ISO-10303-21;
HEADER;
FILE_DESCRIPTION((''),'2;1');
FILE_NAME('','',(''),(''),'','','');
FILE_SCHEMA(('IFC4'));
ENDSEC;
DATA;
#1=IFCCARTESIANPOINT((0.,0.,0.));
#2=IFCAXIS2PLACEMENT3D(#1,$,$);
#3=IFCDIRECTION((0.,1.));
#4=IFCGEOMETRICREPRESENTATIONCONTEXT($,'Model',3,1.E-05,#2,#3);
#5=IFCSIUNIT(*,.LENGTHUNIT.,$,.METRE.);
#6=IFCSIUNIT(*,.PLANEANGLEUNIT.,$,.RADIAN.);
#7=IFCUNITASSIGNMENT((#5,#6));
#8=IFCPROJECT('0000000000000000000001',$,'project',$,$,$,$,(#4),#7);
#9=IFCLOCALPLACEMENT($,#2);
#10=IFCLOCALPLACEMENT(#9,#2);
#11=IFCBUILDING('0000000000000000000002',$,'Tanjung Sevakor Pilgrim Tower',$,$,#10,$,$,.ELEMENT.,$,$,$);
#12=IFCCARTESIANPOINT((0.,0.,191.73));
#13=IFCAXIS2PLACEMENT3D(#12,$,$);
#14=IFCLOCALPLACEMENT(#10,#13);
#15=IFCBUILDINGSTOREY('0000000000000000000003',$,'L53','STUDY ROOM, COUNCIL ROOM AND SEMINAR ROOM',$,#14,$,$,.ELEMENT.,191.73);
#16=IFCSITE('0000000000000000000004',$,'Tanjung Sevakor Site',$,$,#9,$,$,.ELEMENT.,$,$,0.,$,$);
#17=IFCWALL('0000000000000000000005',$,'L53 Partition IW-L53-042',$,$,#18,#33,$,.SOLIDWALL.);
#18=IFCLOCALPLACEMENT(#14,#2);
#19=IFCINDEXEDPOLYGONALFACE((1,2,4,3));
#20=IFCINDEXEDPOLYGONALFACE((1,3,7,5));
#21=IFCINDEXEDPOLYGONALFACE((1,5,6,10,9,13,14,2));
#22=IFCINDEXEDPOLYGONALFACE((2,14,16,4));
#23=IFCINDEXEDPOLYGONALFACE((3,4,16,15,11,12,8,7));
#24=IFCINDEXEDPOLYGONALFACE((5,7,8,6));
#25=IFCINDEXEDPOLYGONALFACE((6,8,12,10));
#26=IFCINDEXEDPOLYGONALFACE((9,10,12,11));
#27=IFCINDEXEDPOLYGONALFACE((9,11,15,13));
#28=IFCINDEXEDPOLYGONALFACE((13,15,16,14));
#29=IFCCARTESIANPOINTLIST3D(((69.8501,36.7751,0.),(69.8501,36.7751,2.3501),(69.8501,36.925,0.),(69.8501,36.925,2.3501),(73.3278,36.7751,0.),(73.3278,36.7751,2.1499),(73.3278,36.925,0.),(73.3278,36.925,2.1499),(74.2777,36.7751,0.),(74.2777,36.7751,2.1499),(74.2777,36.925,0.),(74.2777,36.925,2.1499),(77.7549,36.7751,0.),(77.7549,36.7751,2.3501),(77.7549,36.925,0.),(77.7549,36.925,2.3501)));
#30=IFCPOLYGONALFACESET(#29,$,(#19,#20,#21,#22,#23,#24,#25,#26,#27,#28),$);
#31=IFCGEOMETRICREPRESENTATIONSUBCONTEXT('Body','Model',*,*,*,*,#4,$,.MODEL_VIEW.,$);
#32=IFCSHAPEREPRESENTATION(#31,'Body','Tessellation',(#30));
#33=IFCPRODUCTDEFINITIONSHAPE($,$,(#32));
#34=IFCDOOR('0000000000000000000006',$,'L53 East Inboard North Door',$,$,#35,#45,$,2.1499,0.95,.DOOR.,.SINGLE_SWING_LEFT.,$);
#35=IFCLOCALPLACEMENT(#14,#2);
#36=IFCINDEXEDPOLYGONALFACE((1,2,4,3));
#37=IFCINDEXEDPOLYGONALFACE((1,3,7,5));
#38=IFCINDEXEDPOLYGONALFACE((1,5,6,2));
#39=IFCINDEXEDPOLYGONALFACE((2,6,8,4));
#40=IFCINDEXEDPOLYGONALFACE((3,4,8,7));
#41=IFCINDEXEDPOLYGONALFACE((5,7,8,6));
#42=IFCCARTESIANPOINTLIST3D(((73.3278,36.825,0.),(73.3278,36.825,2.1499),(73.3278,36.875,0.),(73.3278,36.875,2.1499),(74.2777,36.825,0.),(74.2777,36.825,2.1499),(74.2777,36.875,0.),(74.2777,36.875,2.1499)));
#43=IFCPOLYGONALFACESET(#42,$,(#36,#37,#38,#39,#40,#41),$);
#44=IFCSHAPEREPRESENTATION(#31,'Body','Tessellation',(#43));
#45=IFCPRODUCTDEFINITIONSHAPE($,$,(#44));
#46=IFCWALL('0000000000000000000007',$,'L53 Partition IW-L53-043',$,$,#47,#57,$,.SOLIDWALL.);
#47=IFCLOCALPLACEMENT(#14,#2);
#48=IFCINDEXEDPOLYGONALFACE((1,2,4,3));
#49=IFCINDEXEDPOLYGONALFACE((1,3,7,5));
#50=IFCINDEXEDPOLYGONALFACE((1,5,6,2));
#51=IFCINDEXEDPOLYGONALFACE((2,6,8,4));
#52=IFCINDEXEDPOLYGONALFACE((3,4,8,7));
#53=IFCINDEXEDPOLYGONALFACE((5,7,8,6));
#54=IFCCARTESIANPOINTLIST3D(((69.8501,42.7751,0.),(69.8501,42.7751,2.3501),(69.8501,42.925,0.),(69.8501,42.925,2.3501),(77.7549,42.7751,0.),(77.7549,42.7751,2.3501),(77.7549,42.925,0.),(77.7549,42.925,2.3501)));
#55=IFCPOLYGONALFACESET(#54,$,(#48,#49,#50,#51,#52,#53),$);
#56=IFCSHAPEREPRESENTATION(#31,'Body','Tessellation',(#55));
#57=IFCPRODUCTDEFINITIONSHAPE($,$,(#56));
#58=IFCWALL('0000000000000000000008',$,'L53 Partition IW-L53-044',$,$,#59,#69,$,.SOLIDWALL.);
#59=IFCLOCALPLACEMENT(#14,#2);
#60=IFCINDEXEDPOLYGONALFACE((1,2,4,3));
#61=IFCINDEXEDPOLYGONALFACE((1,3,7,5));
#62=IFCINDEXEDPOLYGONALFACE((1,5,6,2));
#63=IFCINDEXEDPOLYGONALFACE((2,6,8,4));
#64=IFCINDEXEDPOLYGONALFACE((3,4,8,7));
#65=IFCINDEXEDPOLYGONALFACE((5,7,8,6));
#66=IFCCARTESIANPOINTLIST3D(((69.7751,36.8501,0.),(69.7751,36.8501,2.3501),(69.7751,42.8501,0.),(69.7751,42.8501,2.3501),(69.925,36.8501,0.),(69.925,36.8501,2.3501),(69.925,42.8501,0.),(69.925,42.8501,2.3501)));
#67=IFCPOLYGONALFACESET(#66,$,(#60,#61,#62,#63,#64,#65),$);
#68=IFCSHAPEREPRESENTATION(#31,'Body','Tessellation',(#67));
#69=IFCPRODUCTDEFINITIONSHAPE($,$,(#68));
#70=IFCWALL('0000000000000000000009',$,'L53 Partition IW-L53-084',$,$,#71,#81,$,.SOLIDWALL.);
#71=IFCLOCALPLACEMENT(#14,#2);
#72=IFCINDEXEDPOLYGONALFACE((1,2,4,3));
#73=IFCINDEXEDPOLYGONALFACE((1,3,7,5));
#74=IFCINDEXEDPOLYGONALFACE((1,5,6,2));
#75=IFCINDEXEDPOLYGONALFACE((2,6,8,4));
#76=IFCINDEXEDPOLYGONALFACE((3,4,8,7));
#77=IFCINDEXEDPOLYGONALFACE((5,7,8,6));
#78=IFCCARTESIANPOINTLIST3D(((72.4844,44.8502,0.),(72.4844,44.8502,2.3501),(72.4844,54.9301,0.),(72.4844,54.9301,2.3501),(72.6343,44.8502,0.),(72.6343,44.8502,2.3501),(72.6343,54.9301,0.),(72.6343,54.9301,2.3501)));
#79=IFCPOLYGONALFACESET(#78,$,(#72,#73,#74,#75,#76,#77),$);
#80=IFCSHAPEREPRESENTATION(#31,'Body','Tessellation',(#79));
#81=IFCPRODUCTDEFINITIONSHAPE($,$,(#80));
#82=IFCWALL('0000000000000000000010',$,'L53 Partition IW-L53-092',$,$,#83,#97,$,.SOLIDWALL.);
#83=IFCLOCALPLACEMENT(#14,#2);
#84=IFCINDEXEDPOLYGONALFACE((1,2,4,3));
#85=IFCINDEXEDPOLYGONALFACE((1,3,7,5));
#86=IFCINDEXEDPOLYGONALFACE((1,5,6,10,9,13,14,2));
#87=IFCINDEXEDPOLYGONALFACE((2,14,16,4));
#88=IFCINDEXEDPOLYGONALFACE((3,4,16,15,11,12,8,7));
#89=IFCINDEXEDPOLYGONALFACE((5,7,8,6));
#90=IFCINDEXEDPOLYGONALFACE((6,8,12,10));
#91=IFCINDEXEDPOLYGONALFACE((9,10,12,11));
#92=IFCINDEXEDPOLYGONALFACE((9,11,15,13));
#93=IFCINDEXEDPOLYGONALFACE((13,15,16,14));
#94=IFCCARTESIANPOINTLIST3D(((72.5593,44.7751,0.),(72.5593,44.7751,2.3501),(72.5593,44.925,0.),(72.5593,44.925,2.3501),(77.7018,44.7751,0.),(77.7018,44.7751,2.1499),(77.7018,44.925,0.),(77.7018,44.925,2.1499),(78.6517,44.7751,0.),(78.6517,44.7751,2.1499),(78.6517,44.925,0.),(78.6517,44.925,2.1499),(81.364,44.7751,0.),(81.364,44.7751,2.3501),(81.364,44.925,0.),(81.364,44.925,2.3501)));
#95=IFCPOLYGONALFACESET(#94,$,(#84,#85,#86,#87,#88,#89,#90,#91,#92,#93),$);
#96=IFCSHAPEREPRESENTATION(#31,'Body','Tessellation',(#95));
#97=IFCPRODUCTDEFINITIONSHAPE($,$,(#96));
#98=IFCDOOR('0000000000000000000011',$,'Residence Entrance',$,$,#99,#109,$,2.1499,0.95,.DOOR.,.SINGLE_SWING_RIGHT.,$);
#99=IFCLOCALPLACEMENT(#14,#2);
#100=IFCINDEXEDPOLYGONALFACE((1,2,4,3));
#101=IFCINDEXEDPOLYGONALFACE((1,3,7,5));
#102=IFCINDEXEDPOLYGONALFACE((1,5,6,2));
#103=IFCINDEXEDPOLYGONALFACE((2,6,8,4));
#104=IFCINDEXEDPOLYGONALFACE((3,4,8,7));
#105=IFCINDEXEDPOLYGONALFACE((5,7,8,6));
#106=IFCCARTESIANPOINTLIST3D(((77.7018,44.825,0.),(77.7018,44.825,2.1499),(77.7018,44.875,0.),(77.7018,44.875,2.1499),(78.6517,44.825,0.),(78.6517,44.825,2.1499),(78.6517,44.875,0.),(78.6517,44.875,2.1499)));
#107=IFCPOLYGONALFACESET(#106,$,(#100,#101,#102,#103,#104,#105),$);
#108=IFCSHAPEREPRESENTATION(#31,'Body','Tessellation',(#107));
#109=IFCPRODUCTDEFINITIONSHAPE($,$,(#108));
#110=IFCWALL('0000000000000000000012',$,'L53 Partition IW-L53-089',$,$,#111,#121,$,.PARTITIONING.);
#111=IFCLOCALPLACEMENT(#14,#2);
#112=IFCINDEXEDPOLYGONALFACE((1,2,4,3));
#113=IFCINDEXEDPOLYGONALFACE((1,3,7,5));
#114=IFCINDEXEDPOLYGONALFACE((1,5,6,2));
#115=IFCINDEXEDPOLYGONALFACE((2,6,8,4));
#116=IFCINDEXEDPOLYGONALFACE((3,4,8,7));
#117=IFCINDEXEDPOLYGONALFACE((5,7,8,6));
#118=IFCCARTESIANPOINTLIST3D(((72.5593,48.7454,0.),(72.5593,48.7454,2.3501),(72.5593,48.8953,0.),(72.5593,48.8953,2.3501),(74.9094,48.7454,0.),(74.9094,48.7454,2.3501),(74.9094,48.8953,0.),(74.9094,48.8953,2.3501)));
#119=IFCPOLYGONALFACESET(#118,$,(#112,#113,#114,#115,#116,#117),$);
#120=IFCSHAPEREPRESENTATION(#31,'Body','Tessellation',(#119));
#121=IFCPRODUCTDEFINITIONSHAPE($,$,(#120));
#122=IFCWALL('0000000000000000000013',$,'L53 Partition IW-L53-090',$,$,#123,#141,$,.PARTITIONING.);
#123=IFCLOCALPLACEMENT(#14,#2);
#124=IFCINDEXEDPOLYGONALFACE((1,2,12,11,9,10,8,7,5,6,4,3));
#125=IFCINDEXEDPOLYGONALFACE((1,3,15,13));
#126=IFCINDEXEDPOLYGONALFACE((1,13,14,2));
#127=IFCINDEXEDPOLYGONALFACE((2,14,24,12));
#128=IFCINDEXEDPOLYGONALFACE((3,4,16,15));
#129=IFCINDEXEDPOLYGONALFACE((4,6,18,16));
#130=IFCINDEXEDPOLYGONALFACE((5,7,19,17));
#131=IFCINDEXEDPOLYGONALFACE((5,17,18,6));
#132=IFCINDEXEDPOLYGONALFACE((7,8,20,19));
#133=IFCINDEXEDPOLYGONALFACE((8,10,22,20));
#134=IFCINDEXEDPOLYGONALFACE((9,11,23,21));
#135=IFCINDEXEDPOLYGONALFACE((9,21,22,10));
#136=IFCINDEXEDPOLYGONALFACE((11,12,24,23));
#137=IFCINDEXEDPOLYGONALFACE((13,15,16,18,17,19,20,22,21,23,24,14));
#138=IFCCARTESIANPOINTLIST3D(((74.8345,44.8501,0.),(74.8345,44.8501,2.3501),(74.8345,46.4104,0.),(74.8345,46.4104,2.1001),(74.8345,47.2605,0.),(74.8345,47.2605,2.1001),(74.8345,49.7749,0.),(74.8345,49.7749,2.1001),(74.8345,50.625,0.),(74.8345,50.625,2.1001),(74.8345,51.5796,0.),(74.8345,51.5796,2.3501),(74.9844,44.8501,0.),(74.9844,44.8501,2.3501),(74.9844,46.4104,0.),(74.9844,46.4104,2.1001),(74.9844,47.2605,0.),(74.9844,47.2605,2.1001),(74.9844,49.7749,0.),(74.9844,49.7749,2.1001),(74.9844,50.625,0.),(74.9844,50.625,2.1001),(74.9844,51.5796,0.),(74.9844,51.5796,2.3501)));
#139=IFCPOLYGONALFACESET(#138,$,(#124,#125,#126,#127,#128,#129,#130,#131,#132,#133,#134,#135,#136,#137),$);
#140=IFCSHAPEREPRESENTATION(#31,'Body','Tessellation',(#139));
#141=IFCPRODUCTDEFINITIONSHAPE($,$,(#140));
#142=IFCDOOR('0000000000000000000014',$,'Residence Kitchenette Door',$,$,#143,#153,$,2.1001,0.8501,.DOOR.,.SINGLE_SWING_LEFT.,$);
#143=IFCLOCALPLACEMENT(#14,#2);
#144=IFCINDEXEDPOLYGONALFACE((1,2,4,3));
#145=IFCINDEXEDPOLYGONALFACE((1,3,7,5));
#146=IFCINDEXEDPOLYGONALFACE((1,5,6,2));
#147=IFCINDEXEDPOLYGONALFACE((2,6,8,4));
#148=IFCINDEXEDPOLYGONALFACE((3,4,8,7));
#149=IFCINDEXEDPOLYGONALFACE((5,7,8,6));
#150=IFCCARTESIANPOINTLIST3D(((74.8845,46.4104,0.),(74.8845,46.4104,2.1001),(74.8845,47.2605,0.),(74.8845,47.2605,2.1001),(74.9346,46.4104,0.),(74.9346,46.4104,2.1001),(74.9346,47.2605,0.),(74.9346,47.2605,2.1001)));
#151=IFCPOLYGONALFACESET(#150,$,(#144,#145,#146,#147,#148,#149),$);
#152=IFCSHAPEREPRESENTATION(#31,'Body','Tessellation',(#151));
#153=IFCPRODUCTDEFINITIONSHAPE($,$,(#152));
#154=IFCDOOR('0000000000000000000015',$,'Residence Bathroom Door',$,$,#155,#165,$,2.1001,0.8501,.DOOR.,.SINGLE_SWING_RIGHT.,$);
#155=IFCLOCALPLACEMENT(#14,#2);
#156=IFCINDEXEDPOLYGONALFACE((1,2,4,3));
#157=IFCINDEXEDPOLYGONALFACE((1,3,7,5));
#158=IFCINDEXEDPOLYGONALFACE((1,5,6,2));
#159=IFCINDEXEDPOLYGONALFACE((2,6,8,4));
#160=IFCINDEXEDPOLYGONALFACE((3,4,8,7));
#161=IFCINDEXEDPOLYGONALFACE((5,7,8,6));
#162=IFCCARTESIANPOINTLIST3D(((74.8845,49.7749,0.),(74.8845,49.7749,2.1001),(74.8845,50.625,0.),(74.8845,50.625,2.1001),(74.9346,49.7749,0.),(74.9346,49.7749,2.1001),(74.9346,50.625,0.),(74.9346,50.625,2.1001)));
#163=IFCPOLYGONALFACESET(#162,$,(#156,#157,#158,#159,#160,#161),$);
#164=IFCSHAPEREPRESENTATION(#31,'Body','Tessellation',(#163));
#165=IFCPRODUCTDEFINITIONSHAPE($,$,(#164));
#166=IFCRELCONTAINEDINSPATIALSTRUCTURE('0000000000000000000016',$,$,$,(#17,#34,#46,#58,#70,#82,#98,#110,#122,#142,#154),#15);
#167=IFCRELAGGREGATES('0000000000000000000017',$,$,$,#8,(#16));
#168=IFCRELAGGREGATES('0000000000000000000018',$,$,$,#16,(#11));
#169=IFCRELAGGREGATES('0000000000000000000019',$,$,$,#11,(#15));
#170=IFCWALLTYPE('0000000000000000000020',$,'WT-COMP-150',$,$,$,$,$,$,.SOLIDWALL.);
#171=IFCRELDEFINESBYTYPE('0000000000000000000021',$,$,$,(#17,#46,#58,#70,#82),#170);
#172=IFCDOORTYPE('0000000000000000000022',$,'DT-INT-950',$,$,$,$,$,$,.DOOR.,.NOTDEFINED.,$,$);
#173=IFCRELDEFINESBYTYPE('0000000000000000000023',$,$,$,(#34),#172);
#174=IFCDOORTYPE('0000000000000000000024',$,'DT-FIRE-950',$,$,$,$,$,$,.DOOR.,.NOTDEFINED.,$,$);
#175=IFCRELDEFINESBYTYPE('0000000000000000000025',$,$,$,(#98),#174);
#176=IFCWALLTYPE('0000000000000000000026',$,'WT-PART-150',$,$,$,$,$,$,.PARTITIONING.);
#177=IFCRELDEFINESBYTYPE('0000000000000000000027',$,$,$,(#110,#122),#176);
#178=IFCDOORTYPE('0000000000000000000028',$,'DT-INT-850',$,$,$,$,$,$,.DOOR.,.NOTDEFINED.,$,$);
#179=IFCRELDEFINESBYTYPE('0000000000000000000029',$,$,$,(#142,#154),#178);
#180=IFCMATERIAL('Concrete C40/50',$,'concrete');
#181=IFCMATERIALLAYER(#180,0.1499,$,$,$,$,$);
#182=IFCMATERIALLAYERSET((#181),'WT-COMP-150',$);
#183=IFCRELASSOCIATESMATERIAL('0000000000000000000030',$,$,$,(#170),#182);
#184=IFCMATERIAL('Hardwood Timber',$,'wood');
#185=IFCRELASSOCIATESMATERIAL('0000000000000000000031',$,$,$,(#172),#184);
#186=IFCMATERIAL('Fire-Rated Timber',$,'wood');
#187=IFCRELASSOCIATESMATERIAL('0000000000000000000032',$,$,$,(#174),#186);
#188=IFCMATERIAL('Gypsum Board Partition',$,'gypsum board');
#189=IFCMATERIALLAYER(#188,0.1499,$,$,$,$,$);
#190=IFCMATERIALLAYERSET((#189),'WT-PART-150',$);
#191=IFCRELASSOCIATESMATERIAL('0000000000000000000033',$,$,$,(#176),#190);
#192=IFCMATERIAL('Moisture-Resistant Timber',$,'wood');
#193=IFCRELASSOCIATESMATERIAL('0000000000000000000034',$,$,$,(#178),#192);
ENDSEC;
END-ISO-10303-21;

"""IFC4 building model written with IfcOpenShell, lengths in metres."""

from ifc_helpers import new_model, si_unit, direction, frame, frame_2d, origin, place, context, subcontext, project, spatial, rectangle, extrude, material, layer, layer_set, type_object, element, fill, save


model = new_model("IFC4")

# Units and contexts
model_context = context("Model", 3, precision=1e-05, world=origin(), true_north=direction((0.0, 1.0)))
body_context = subcontext(model_context, "Body", "Model", "MODEL_VIEW")
ifc_project = project(units=[si_unit("LENGTHUNIT", "METRE"), si_unit("PLANEANGLEUNIT", "RADIAN")], contexts=[model_context])

# Site, building, storey
site_placement = place(None, origin())
site = spatial("IfcSite", under=ifc_project, at=site_placement, Name="Tanjung Sevakor Site", CompositionType="ELEMENT", RefElevation=0.0)
building_placement = place(site_placement, origin())
building = spatial("IfcBuilding", under=site, at=building_placement, Name="Tanjung Sevakor Pilgrim Tower", CompositionType="ELEMENT")
storey_placement = place(building_placement, frame((0.0, 0.0, 191.73)))
storey = spatial("IfcBuildingStorey", under=building, at=storey_placement, Name="L53", Description="STUDY ROOM, COUNCIL ROOM AND SEMINAR ROOM", CompositionType="ELEMENT", Elevation=191.73)

# Wall, opening, door
ifc_material_1 = material(Name="Concrete C40/50", Category="concrete")
ifc_layer_1 = layer(ifc_material_1, 0.1499)
ifc_layer_set_1 = layer_set([ifc_layer_1], Name="WT-COMP-150")
wall_type_1 = type_object("IfcWallType", Name="WT-COMP-150", PredefinedType="SOLIDWALL", material=ifc_layer_set_1)
ifc_material_2 = material(Name="Hardwood Timber", Category="wood")
door_type_1 = type_object("IfcDoorType", Name="DT-INT-950", OperationType="NOTDEFINED", PredefinedType="DOOR", material=ifc_material_2)
wall_1_placement = place(storey_placement, frame((69.8501, 36.8501, 0.0), z_axis=(0.0, 0.0, 1.0), x_axis=(1.0, 0.0, 0.0)))
wall_1 = element("IfcWall", 1, at=wall_1_placement, inside=storey, type_object=wall_type_1, Name="L53 Partition IW-L53-042", PredefinedType="SOLIDWALL", context=body_context, shape_type="SweptSolid", body=[
    extrude(rectangle(XDim=7.9048, YDim=0.1499, at=frame_2d((3.9524, 0.0))), origin(), (0.0, 0.0, 1.0), 2.3501),
])
opening_1_placement = place(wall_1_placement, frame((3.4775, 0.0, 0.0)))
opening_1 = element("IfcOpeningElement", 2, at=opening_1_placement, cuts=wall_1, PredefinedType="OPENING", context=body_context, shape_type="SweptSolid", body=[
    extrude(rectangle(XDim=0.95, YDim=2.1499, at=frame_2d((0.4751, 1.075))), frame((0.0, 0.085, 0.0), z_axis=(0.0, -1.0, 0.0), x_axis=(1.0, 0.0, 0.0)), (0.0, 0.0, 1.0), 0.1699),
])
door_1_placement = place(opening_1_placement, origin())
door_1 = element("IfcDoor", 3, at=door_1_placement, inside=storey, type_object=door_type_1, Name="L53 East Inboard North Door", OperationType="SINGLE_SWING_LEFT", OverallHeight=2.1499, OverallWidth=0.95, PredefinedType="DOOR", context=body_context, shape_type="SweptSolid", body=[
    extrude(rectangle(XDim=0.95, YDim=2.1499, at=frame_2d((0.4751, 1.075))), frame((0.0, 0.0249, 0.0), z_axis=(0.0, -1.0, 0.0), x_axis=(1.0, 0.0, 0.0)), (0.0, 0.0, 1.0), 0.05),
])
fill(opening_1, door_1)

# Walls
wall_2_placement = place(storey_placement, frame((69.8501, 42.8501, 0.0), z_axis=(0.0, 0.0, 1.0), x_axis=(1.0, 0.0, 0.0)))
element("IfcWall", 4, at=wall_2_placement, inside=storey, type_object=wall_type_1, Name="L53 Partition IW-L53-043", PredefinedType="SOLIDWALL", context=body_context, shape_type="SweptSolid", body=[
    extrude(rectangle(XDim=7.9048, YDim=0.1499, at=frame_2d((3.9524, 0.0))), origin(), (0.0, 0.0, 1.0), 2.3501),
])
wall_3_placement = place(storey_placement, frame((69.8501, 36.8501, 0.0), z_axis=(0.0, 0.0, 1.0), x_axis=(0.0, 1.0, 0.0)))
element("IfcWall", 5, at=wall_3_placement, inside=storey, type_object=wall_type_1, Name="L53 Partition IW-L53-044", PredefinedType="SOLIDWALL", context=body_context, shape_type="SweptSolid", body=[
    extrude(rectangle(XDim=6.0, YDim=0.1499, at=frame_2d((3.0, 0.0))), origin(), (0.0, 0.0, 1.0), 2.3501),
])
wall_4_placement = place(storey_placement, frame((72.5593, 44.8501, 0.0), z_axis=(0.0, 0.0, 1.0), x_axis=(0.0, 1.0, 0.0)))
element("IfcWall", 6, at=wall_4_placement, inside=storey, type_object=wall_type_1, Name="L53 Partition IW-L53-084", PredefinedType="SOLIDWALL", context=body_context, shape_type="SweptSolid", body=[
    extrude(rectangle(XDim=10.0798, YDim=0.1499, at=frame_2d((5.04, 0.0))), origin(), (0.0, 0.0, 1.0), 2.3501),
])

# Wall, opening, door
wall_5_placement = place(storey_placement, frame((72.5593, 44.8501, 0.0), z_axis=(0.0, 0.0, 1.0), x_axis=(1.0, 0.0, 0.0)))
wall_5 = element("IfcWall", 7, at=wall_5_placement, inside=storey, type_object=wall_type_1, Name="L53 Partition IW-L53-092", PredefinedType="SOLIDWALL", context=body_context, shape_type="SweptSolid", body=[
    extrude(rectangle(XDim=8.8047, YDim=0.1499, at=frame_2d((4.4023, 0.0))), origin(), (0.0, 0.0, 1.0), 2.3501),
])
opening_2_placement = place(wall_5_placement, frame((5.1423, 0.0, 0.0)))
opening_2 = element("IfcOpeningElement", 8, at=opening_2_placement, cuts=wall_5, PredefinedType="OPENING", context=body_context, shape_type="SweptSolid", body=[
    extrude(rectangle(XDim=0.95, YDim=2.1499, at=frame_2d((0.4751, 1.075))), frame((0.0, 0.085, 0.0), z_axis=(0.0, -1.0, 0.0), x_axis=(1.0, 0.0, 0.0)), (0.0, 0.0, 1.0), 0.1699),
])
ifc_material_3 = material(Name="Fire-Rated Timber", Category="wood")
door_type_2 = type_object("IfcDoorType", Name="DT-FIRE-950", OperationType="NOTDEFINED", PredefinedType="DOOR", material=ifc_material_3)
door_2_placement = place(opening_2_placement, origin())
door_2 = element("IfcDoor", 9, at=door_2_placement, inside=storey, type_object=door_type_2, Name="Residence Entrance", OperationType="SINGLE_SWING_RIGHT", OverallHeight=2.1499, OverallWidth=0.95, PredefinedType="DOOR", context=body_context, shape_type="SweptSolid", body=[
    extrude(rectangle(XDim=0.95, YDim=2.1499, at=frame_2d((0.4751, 1.075))), frame((0.0, 0.0249, 0.0), z_axis=(0.0, -1.0, 0.0), x_axis=(1.0, 0.0, 0.0)), (0.0, 0.0, 1.0), 0.05),
])
fill(opening_2, door_2)

# Wall
ifc_material_4 = material(Name="Gypsum Board Partition", Category="gypsum board")
ifc_layer_2 = layer(ifc_material_4, 0.1499)
ifc_layer_set_2 = layer_set([ifc_layer_2], Name="WT-PART-150")
wall_type_2 = type_object("IfcWallType", Name="WT-PART-150", PredefinedType="PARTITIONING", material=ifc_layer_set_2)
wall_6_placement = place(storey_placement, frame((72.5593, 48.8203, 0.0), z_axis=(0.0, 0.0, 1.0), x_axis=(1.0, 0.0, 0.0)))
element("IfcWall", 10, at=wall_6_placement, inside=storey, type_object=wall_type_2, Name="L53 Partition IW-L53-089", PredefinedType="PARTITIONING", context=body_context, shape_type="SweptSolid", body=[
    extrude(rectangle(XDim=2.3501, YDim=0.1499, at=frame_2d((1.175, 0.0))), origin(), (0.0, 0.0, 1.0), 2.3501),
])

# Wall, openings, doors
wall_7_placement = place(storey_placement, frame((74.9094, 44.8501, 0.0), z_axis=(0.0, 0.0, 1.0), x_axis=(0.0, 1.0, 0.0)))
wall_7 = element("IfcWall", 11, at=wall_7_placement, inside=storey, type_object=wall_type_2, Name="L53 Partition IW-L53-090", PredefinedType="PARTITIONING", context=body_context, shape_type="SweptSolid", body=[
    extrude(rectangle(XDim=6.7295, YDim=0.1499, at=frame_2d((3.3647, 0.0))), origin(), (0.0, 0.0, 1.0), 2.3501),
])
opening_3_placement = place(wall_7_placement, frame((1.5603, 0.0, 0.0)))
opening_3 = element("IfcOpeningElement", 12, at=opening_3_placement, cuts=wall_7, PredefinedType="OPENING", context=body_context, shape_type="SweptSolid", body=[
    extrude(rectangle(XDim=0.8501, YDim=2.1001, at=frame_2d((0.425, 1.05))), frame((0.0, 0.085, 0.0), z_axis=(0.0, -1.0, 0.0), x_axis=(1.0, 0.0, 0.0)), (0.0, 0.0, 1.0), 0.1699),
])
opening_4_placement = place(wall_7_placement, frame((4.9248, 0.0, 0.0)))
opening_4 = element("IfcOpeningElement", 13, at=opening_4_placement, cuts=wall_7, PredefinedType="OPENING", context=body_context, shape_type="SweptSolid", body=[
    extrude(rectangle(XDim=0.8501, YDim=2.1001, at=frame_2d((0.425, 1.05))), frame((0.0, 0.085, 0.0), z_axis=(0.0, -1.0, 0.0), x_axis=(1.0, 0.0, 0.0)), (0.0, 0.0, 1.0), 0.1699),
])
ifc_material_5 = material(Name="Moisture-Resistant Timber", Category="wood")
door_type_3 = type_object("IfcDoorType", Name="DT-INT-850", OperationType="NOTDEFINED", PredefinedType="DOOR", material=ifc_material_5)
door_3_placement = place(opening_3_placement, origin())
door_3 = element("IfcDoor", 14, at=door_3_placement, inside=storey, type_object=door_type_3, Name="Residence Kitchenette Door", OperationType="SINGLE_SWING_LEFT", OverallHeight=2.1001, OverallWidth=0.8501, PredefinedType="DOOR", context=body_context, shape_type="SweptSolid", body=[
    extrude(rectangle(XDim=0.8501, YDim=2.1001, at=frame_2d((0.425, 1.05))), frame((0.0, 0.0249, 0.0), z_axis=(0.0, -1.0, 0.0), x_axis=(1.0, 0.0, 0.0)), (0.0, 0.0, 1.0), 0.05),
])
fill(opening_3, door_3)
door_4_placement = place(opening_4_placement, origin())
door_4 = element("IfcDoor", 15, at=door_4_placement, inside=storey, type_object=door_type_3, Name="Residence Bathroom Door", OperationType="SINGLE_SWING_RIGHT", OverallHeight=2.1001, OverallWidth=0.8501, PredefinedType="DOOR", context=body_context, shape_type="SweptSolid", body=[
    extrude(rectangle(XDim=0.8501, YDim=2.1001, at=frame_2d((0.425, 1.05))), frame((0.0, 0.0249, 0.0), z_axis=(0.0, -1.0, 0.0), x_axis=(1.0, 0.0, 0.0)), (0.0, 0.0, 1.0), 0.05),
])
fill(opening_4, door_4)

save(model, "model.ifc")
